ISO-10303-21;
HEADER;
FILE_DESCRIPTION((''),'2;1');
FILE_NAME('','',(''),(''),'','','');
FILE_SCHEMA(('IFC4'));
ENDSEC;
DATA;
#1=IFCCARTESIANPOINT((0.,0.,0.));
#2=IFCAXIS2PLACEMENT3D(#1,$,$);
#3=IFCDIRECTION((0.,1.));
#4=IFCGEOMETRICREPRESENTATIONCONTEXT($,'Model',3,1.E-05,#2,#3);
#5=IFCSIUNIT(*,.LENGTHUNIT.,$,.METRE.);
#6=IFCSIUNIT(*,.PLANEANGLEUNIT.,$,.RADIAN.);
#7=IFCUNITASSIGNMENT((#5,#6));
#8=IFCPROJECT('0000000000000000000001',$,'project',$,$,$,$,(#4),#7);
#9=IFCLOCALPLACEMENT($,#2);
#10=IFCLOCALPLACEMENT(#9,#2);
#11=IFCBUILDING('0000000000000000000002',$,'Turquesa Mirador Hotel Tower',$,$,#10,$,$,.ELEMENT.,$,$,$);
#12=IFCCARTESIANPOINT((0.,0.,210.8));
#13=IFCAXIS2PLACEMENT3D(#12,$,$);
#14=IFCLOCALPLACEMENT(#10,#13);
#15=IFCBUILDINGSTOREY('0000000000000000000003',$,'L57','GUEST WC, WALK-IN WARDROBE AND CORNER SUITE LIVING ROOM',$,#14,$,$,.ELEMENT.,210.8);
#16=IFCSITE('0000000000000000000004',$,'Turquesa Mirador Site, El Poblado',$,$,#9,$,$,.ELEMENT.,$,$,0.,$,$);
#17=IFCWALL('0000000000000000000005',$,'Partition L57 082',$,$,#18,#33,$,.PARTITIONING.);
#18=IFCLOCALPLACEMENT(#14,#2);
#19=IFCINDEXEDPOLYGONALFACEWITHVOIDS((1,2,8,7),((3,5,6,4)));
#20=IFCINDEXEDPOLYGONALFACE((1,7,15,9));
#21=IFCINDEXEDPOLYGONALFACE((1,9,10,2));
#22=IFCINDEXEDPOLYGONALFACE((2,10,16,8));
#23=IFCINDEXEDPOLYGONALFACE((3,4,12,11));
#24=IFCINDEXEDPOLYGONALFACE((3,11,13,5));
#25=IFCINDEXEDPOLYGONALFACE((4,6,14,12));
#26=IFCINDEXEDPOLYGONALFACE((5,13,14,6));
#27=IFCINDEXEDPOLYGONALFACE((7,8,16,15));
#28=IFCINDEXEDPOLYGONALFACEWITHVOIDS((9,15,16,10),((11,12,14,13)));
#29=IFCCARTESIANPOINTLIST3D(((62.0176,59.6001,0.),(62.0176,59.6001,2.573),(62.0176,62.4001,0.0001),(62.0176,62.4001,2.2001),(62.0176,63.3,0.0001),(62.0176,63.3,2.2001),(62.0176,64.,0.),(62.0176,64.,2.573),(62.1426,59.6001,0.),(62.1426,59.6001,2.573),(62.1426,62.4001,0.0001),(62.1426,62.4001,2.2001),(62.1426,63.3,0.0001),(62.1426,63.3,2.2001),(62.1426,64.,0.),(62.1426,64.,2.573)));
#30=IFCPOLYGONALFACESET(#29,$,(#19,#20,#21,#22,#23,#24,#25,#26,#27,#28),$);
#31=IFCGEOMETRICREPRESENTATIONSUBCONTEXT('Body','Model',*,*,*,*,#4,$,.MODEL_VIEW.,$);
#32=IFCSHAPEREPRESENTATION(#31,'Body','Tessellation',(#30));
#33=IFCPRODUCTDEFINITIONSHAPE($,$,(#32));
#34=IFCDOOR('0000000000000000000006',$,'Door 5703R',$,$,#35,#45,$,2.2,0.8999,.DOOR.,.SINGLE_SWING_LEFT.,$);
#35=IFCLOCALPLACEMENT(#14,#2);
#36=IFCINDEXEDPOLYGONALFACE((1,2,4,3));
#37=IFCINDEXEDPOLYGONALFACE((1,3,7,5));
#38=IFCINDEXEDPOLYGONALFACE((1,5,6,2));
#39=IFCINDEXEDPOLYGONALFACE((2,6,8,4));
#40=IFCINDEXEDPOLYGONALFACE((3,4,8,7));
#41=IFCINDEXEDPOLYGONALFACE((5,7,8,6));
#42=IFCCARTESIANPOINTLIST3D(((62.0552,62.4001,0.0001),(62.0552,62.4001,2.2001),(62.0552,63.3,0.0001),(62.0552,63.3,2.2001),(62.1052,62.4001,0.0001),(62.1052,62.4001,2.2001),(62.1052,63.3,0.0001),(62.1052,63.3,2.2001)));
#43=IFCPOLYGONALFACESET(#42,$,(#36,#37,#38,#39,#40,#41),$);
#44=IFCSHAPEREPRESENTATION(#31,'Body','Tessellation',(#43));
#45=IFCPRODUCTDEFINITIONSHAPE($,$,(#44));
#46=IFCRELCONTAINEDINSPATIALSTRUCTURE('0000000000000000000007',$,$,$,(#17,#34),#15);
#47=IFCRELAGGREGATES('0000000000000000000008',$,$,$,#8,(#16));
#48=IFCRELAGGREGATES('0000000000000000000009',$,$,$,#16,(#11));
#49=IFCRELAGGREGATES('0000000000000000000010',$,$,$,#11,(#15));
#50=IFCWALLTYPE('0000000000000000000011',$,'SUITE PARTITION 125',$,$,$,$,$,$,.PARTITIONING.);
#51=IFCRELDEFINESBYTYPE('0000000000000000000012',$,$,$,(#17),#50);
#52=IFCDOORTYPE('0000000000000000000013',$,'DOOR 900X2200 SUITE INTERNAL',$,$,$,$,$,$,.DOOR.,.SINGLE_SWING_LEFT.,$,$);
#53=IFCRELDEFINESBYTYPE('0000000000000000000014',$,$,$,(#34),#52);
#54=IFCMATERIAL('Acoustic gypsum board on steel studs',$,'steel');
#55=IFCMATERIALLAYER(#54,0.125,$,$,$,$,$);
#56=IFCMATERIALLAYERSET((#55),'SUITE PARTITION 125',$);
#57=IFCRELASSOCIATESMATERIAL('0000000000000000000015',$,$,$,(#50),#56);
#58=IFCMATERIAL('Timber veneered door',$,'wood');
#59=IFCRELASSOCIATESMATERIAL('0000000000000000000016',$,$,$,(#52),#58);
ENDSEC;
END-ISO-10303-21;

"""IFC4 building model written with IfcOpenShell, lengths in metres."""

from ifc_helpers import new_model, si_unit, direction, frame, frame_2d, origin, place, context, subcontext, project, spatial, rectangle, extrude, material, layer, layer_set, type_object, element, fill, save


model = new_model("IFC4")

# Units and contexts
model_context = context("Model", 3, precision=1e-05, world=origin(), true_north=direction((0.0, 1.0)))
body_context = subcontext(model_context, "Body", "Model", "MODEL_VIEW")
ifc_project = project(units=[si_unit("LENGTHUNIT", "METRE"), si_unit("PLANEANGLEUNIT", "RADIAN")], contexts=[model_context])

# Site, building, storey
site_placement = place(None, origin())
site = spatial("IfcSite", under=ifc_project, at=site_placement, Name="Turquesa Mirador Site, El Poblado", CompositionType="ELEMENT", RefElevation=0.0)
building_placement = place(site_placement, origin())
building = spatial("IfcBuilding", under=site, at=building_placement, Name="Turquesa Mirador Hotel Tower", CompositionType="ELEMENT")
storey_placement = place(building_placement, frame((0.0, 0.0, 210.8)))
storey = spatial("IfcBuildingStorey", under=building, at=storey_placement, Name="L57", Description="GUEST WC, WALK-IN WARDROBE AND CORNER SUITE LIVING ROOM", CompositionType="ELEMENT", Elevation=210.8)

# Wall, opening, door
ifc_material_1 = material(Name="Acoustic gypsum board on steel studs", Category="steel")
ifc_layer_1 = layer(ifc_material_1, 0.125)
ifc_layer_set_1 = layer_set([ifc_layer_1], Name="SUITE PARTITION 125")
wall_type_1 = type_object("IfcWallType", Name="SUITE PARTITION 125", PredefinedType="PARTITIONING", material=ifc_layer_set_1)
wall_1_placement = place(storey_placement, frame((62.0801, 59.6001, 0.0), z_axis=(0.0, 0.0, 1.0), x_axis=(0.0, 1.0, 0.0)))
wall_1 = element("IfcWall", 1, at=wall_1_placement, inside=storey, type_object=wall_type_1, Name="Partition L57 082", PredefinedType="PARTITIONING", context=body_context, shape_type="SweptSolid", body=[
    extrude(rectangle(XDim=4.3999, YDim=0.125, at=frame_2d((2.2, 0.0))), origin(), (0.0, 0.0, 1.0), 2.573),
])
opening_1_placement = place(wall_1_placement, frame((2.8, 0.0, 0.0)))
opening_1 = element("IfcOpeningElement", 2, at=opening_1_placement, cuts=wall_1, PredefinedType="OPENING", context=body_context, shape_type="SweptSolid", body=[
    extrude(rectangle(XDim=0.8999, YDim=2.2, at=frame_2d((0.45, 1.1001))), frame((0.0, 0.0725, 0.0), z_axis=(0.0, -1.0, 0.0), x_axis=(1.0, 0.0, 0.0)), (0.0, 0.0, 1.0), 0.145),
])
ifc_material_2 = material(Name="Timber veneered door", Category="wood")
door_type_1 = type_object("IfcDoorType", Name="DOOR 900X2200 SUITE INTERNAL", OperationType="SINGLE_SWING_LEFT", PredefinedType="DOOR", material=ifc_material_2)
door_1_placement = place(opening_1_placement, origin())
door_1 = element("IfcDoor", 3, at=door_1_placement, inside=storey, type_object=door_type_1, Name="Door 5703R", OperationType="SINGLE_SWING_LEFT", OverallHeight=2.2, OverallWidth=0.8999, PredefinedType="DOOR", context=body_context, shape_type="SweptSolid", body=[
    extrude(rectangle(XDim=0.8999, YDim=2.2, at=frame_2d((0.45, 1.1001))), frame((0.0, 0.0249, 0.0), z_axis=(0.0, -1.0, 0.0), x_axis=(1.0, 0.0, 0.0)), (0.0, 0.0, 1.0), 0.05),
])
fill(opening_1, door_1)

save(model, "model.ifc")
